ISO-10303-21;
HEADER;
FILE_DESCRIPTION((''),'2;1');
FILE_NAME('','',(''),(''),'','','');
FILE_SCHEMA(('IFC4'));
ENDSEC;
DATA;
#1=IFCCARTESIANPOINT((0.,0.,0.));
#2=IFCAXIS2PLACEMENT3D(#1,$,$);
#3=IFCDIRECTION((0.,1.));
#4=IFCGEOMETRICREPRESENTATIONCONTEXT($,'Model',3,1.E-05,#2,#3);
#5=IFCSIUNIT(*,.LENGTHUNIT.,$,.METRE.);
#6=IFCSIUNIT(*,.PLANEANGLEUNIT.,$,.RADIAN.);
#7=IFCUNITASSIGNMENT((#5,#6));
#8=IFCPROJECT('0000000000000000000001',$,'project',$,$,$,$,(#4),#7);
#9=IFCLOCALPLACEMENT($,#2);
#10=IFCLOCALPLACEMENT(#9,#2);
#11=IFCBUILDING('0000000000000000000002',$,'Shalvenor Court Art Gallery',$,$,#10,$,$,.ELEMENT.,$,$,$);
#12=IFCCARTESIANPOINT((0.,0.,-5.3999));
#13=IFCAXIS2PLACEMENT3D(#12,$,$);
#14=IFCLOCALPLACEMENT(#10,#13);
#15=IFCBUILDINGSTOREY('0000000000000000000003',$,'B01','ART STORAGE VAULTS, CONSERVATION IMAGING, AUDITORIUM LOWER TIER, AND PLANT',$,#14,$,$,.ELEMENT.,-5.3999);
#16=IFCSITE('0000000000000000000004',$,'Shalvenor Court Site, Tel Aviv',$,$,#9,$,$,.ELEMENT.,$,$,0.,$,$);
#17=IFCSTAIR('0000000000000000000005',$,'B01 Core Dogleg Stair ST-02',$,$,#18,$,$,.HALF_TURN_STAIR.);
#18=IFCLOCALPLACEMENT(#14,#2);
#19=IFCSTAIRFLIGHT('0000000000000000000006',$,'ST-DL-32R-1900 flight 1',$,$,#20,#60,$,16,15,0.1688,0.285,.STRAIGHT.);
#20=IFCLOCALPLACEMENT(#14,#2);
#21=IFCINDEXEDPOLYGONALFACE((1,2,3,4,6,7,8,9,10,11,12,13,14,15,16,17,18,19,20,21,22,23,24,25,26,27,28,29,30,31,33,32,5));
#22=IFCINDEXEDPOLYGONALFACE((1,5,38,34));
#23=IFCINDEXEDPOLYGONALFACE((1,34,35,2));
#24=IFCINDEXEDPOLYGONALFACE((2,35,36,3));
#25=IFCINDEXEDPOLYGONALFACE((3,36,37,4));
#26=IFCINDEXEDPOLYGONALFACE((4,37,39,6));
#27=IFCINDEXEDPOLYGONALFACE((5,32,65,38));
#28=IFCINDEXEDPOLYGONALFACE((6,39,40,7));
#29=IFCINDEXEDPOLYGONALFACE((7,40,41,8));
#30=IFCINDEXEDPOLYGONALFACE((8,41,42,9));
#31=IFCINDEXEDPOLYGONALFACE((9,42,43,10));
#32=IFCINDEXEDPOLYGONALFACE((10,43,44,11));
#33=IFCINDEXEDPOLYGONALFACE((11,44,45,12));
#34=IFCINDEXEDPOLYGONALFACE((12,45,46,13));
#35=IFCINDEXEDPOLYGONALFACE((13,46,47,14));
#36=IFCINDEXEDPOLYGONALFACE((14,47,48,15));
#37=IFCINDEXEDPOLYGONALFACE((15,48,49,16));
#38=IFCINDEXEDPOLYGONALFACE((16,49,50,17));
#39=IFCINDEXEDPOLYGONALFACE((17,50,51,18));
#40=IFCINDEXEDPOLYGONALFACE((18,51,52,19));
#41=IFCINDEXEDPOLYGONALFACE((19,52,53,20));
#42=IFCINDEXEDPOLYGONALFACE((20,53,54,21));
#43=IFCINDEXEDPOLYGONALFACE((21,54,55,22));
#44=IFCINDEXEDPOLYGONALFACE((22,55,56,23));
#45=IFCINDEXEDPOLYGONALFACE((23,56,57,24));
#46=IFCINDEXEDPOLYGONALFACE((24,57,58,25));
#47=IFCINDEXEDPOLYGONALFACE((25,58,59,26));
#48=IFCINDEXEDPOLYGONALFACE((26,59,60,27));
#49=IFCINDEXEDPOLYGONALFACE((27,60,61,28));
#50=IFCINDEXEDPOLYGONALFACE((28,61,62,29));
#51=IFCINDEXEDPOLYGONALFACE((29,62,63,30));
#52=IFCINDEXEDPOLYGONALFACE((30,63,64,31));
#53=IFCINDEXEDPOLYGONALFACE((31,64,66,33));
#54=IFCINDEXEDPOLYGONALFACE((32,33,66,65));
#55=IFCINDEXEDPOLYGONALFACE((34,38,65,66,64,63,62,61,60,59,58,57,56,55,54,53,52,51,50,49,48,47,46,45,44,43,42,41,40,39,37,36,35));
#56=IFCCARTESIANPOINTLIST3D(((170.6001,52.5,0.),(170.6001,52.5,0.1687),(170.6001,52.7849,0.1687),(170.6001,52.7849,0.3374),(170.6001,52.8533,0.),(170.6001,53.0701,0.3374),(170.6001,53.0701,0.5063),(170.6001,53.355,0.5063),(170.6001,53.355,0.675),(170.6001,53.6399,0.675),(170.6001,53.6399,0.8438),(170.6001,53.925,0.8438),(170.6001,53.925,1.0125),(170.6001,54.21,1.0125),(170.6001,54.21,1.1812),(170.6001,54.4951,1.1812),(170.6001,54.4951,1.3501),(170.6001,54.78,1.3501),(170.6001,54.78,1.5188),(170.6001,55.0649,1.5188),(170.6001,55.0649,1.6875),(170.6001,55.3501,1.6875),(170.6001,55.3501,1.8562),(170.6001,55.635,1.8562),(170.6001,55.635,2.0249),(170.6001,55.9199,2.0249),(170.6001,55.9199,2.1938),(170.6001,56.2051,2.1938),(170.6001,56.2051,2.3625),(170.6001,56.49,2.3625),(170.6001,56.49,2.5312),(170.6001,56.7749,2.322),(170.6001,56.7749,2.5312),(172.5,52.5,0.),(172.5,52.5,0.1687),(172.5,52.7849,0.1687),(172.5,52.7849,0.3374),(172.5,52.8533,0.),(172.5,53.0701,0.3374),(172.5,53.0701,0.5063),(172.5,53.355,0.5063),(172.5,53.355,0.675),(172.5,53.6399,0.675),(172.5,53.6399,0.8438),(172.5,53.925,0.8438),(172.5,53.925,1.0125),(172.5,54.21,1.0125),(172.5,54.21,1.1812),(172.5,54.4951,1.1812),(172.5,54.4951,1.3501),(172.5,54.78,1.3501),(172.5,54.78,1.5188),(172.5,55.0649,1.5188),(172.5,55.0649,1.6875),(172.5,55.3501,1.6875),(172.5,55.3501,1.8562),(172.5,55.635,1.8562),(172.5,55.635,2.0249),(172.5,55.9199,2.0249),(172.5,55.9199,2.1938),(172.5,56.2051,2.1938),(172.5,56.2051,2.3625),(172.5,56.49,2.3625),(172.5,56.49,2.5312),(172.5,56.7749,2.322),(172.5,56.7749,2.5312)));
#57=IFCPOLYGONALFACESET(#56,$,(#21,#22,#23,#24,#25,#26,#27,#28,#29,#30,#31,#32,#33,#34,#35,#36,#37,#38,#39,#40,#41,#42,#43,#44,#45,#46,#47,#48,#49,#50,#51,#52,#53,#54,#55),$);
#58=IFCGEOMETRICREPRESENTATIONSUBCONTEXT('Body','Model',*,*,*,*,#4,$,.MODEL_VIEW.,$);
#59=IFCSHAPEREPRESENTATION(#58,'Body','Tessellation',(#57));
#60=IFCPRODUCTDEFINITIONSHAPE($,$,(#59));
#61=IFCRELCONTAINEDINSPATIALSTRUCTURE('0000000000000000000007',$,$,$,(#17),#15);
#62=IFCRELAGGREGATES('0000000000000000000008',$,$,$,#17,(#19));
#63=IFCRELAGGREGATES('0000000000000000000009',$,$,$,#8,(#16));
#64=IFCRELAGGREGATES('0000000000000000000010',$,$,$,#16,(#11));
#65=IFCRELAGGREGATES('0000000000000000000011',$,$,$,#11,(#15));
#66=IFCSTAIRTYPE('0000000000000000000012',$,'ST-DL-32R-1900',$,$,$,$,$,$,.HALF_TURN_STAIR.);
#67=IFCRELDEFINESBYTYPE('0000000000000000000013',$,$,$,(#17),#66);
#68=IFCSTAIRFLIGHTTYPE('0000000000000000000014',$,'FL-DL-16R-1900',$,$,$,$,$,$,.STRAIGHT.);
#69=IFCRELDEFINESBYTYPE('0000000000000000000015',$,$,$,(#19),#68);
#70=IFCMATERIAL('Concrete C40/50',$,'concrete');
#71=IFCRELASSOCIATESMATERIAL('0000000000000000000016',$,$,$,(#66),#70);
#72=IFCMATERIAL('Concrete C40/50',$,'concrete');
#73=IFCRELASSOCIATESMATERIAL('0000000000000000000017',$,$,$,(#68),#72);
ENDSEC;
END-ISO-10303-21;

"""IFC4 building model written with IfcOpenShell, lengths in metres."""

from ifc_helpers import new_model, si_unit, direction, frame, origin, place, context, subcontext, project, spatial, polyline, outline, extrude, material, type_object, element, aggregate, save


model = new_model("IFC4")

# Units and contexts
model_context = context("Model", 3, precision=1e-05, world=origin(), true_north=direction((0.0, 1.0)))
body_context = subcontext(model_context, "Body", "Model", "MODEL_VIEW")
ifc_project = project(units=[si_unit("LENGTHUNIT", "METRE"), si_unit("PLANEANGLEUNIT", "RADIAN")], contexts=[model_context])

# Site, building, storey
site_placement = place(None, origin())
site = spatial("IfcSite", under=ifc_project, at=site_placement, Name="Shalvenor Court Site, Tel Aviv", CompositionType="ELEMENT", RefElevation=0.0)
building_placement = place(site_placement, origin())
building = spatial("IfcBuilding", under=site, at=building_placement, Name="Shalvenor Court Art Gallery", CompositionType="ELEMENT")
storey_placement = place(building_placement, frame((0.0, 0.0, -5.3999)))
storey = spatial("IfcBuildingStorey", under=building, at=storey_placement, Name="B01", Description="ART STORAGE VAULTS, CONSERVATION IMAGING, AUDITORIUM LOWER TIER, AND PLANT", CompositionType="ELEMENT", Elevation=-5.3999)

# Stair, stair flight
ifc_material_1 = material(Name="Concrete C40/50", Category="concrete")
stair_type = type_object("IfcStairType", Name="ST-DL-32R-1900", PredefinedType="HALF_TURN_STAIR", material=ifc_material_1)
stair_placement = place(storey_placement, origin())
stair = element("IfcStair", 1, at=stair_placement, inside=storey, type_object=stair_type, Name="B01 Core Dogleg Stair ST-02", PredefinedType="HALF_TURN_STAIR")
ifc_material_2 = material(Name="Concrete C40/50", Category="concrete")
stair_flight_type = type_object("IfcStairFlightType", Name="FL-DL-16R-1900", PredefinedType="STRAIGHT", material=ifc_material_2)
stair_flight_placement = place(storey_placement, frame((171.55, 52.5, 0.0), z_axis=(0.0, 0.0, 1.0), x_axis=(0.0, 1.0, 0.0)))
stair_flight = element("IfcStairFlight", 2, at=stair_flight_placement, type_object=stair_flight_type, Name="ST-DL-32R-1900 flight 1", NumberOfRisers=16, NumberOfTreads=15, PredefinedType="STRAIGHT", RiserHeight=0.1688, TreadLength=0.285, context=body_context, shape_type="SweptSolid", body=[
    extrude(outline(polyline([(0.0, 0.0), (0.0, 0.1687), (0.2849, 0.1687), (0.2849, 0.3374), (0.5701, 0.3374), (0.5701, 0.5063), (0.855, 0.5063), (0.855, 0.675), (1.1399, 0.675), (1.1399, 0.8438), (1.425, 0.8438), (1.425, 1.0125), (1.71, 1.0125), (1.71, 1.1812), (1.9951, 1.1812), (1.9951, 1.3501), (2.28, 1.3501), (2.28, 1.5188), (2.5649, 1.5188), (2.5649, 1.6875), (2.8501, 1.6875), (2.8501, 1.8562), (3.135, 1.8562), (3.135, 2.0249), (3.4199, 2.0249), (3.4199, 2.1938), (3.7051, 2.1938), (3.7051, 2.3625), (3.99, 2.3625), (3.99, 2.5312), (4.2749, 2.5312), (4.2749, 2.7), (4.2749, 2.322), (0.3533, 0.0), (0.0, 0.0)])), frame((0.0, 0.95, 0.0), z_axis=(0.0, -1.0, 0.0), x_axis=(1.0, 0.0, 0.0)), (0.0, 0.0, 1.0), 1.8999),
])
aggregate(stair, [stair_flight])

save(model, "model.ifc")
